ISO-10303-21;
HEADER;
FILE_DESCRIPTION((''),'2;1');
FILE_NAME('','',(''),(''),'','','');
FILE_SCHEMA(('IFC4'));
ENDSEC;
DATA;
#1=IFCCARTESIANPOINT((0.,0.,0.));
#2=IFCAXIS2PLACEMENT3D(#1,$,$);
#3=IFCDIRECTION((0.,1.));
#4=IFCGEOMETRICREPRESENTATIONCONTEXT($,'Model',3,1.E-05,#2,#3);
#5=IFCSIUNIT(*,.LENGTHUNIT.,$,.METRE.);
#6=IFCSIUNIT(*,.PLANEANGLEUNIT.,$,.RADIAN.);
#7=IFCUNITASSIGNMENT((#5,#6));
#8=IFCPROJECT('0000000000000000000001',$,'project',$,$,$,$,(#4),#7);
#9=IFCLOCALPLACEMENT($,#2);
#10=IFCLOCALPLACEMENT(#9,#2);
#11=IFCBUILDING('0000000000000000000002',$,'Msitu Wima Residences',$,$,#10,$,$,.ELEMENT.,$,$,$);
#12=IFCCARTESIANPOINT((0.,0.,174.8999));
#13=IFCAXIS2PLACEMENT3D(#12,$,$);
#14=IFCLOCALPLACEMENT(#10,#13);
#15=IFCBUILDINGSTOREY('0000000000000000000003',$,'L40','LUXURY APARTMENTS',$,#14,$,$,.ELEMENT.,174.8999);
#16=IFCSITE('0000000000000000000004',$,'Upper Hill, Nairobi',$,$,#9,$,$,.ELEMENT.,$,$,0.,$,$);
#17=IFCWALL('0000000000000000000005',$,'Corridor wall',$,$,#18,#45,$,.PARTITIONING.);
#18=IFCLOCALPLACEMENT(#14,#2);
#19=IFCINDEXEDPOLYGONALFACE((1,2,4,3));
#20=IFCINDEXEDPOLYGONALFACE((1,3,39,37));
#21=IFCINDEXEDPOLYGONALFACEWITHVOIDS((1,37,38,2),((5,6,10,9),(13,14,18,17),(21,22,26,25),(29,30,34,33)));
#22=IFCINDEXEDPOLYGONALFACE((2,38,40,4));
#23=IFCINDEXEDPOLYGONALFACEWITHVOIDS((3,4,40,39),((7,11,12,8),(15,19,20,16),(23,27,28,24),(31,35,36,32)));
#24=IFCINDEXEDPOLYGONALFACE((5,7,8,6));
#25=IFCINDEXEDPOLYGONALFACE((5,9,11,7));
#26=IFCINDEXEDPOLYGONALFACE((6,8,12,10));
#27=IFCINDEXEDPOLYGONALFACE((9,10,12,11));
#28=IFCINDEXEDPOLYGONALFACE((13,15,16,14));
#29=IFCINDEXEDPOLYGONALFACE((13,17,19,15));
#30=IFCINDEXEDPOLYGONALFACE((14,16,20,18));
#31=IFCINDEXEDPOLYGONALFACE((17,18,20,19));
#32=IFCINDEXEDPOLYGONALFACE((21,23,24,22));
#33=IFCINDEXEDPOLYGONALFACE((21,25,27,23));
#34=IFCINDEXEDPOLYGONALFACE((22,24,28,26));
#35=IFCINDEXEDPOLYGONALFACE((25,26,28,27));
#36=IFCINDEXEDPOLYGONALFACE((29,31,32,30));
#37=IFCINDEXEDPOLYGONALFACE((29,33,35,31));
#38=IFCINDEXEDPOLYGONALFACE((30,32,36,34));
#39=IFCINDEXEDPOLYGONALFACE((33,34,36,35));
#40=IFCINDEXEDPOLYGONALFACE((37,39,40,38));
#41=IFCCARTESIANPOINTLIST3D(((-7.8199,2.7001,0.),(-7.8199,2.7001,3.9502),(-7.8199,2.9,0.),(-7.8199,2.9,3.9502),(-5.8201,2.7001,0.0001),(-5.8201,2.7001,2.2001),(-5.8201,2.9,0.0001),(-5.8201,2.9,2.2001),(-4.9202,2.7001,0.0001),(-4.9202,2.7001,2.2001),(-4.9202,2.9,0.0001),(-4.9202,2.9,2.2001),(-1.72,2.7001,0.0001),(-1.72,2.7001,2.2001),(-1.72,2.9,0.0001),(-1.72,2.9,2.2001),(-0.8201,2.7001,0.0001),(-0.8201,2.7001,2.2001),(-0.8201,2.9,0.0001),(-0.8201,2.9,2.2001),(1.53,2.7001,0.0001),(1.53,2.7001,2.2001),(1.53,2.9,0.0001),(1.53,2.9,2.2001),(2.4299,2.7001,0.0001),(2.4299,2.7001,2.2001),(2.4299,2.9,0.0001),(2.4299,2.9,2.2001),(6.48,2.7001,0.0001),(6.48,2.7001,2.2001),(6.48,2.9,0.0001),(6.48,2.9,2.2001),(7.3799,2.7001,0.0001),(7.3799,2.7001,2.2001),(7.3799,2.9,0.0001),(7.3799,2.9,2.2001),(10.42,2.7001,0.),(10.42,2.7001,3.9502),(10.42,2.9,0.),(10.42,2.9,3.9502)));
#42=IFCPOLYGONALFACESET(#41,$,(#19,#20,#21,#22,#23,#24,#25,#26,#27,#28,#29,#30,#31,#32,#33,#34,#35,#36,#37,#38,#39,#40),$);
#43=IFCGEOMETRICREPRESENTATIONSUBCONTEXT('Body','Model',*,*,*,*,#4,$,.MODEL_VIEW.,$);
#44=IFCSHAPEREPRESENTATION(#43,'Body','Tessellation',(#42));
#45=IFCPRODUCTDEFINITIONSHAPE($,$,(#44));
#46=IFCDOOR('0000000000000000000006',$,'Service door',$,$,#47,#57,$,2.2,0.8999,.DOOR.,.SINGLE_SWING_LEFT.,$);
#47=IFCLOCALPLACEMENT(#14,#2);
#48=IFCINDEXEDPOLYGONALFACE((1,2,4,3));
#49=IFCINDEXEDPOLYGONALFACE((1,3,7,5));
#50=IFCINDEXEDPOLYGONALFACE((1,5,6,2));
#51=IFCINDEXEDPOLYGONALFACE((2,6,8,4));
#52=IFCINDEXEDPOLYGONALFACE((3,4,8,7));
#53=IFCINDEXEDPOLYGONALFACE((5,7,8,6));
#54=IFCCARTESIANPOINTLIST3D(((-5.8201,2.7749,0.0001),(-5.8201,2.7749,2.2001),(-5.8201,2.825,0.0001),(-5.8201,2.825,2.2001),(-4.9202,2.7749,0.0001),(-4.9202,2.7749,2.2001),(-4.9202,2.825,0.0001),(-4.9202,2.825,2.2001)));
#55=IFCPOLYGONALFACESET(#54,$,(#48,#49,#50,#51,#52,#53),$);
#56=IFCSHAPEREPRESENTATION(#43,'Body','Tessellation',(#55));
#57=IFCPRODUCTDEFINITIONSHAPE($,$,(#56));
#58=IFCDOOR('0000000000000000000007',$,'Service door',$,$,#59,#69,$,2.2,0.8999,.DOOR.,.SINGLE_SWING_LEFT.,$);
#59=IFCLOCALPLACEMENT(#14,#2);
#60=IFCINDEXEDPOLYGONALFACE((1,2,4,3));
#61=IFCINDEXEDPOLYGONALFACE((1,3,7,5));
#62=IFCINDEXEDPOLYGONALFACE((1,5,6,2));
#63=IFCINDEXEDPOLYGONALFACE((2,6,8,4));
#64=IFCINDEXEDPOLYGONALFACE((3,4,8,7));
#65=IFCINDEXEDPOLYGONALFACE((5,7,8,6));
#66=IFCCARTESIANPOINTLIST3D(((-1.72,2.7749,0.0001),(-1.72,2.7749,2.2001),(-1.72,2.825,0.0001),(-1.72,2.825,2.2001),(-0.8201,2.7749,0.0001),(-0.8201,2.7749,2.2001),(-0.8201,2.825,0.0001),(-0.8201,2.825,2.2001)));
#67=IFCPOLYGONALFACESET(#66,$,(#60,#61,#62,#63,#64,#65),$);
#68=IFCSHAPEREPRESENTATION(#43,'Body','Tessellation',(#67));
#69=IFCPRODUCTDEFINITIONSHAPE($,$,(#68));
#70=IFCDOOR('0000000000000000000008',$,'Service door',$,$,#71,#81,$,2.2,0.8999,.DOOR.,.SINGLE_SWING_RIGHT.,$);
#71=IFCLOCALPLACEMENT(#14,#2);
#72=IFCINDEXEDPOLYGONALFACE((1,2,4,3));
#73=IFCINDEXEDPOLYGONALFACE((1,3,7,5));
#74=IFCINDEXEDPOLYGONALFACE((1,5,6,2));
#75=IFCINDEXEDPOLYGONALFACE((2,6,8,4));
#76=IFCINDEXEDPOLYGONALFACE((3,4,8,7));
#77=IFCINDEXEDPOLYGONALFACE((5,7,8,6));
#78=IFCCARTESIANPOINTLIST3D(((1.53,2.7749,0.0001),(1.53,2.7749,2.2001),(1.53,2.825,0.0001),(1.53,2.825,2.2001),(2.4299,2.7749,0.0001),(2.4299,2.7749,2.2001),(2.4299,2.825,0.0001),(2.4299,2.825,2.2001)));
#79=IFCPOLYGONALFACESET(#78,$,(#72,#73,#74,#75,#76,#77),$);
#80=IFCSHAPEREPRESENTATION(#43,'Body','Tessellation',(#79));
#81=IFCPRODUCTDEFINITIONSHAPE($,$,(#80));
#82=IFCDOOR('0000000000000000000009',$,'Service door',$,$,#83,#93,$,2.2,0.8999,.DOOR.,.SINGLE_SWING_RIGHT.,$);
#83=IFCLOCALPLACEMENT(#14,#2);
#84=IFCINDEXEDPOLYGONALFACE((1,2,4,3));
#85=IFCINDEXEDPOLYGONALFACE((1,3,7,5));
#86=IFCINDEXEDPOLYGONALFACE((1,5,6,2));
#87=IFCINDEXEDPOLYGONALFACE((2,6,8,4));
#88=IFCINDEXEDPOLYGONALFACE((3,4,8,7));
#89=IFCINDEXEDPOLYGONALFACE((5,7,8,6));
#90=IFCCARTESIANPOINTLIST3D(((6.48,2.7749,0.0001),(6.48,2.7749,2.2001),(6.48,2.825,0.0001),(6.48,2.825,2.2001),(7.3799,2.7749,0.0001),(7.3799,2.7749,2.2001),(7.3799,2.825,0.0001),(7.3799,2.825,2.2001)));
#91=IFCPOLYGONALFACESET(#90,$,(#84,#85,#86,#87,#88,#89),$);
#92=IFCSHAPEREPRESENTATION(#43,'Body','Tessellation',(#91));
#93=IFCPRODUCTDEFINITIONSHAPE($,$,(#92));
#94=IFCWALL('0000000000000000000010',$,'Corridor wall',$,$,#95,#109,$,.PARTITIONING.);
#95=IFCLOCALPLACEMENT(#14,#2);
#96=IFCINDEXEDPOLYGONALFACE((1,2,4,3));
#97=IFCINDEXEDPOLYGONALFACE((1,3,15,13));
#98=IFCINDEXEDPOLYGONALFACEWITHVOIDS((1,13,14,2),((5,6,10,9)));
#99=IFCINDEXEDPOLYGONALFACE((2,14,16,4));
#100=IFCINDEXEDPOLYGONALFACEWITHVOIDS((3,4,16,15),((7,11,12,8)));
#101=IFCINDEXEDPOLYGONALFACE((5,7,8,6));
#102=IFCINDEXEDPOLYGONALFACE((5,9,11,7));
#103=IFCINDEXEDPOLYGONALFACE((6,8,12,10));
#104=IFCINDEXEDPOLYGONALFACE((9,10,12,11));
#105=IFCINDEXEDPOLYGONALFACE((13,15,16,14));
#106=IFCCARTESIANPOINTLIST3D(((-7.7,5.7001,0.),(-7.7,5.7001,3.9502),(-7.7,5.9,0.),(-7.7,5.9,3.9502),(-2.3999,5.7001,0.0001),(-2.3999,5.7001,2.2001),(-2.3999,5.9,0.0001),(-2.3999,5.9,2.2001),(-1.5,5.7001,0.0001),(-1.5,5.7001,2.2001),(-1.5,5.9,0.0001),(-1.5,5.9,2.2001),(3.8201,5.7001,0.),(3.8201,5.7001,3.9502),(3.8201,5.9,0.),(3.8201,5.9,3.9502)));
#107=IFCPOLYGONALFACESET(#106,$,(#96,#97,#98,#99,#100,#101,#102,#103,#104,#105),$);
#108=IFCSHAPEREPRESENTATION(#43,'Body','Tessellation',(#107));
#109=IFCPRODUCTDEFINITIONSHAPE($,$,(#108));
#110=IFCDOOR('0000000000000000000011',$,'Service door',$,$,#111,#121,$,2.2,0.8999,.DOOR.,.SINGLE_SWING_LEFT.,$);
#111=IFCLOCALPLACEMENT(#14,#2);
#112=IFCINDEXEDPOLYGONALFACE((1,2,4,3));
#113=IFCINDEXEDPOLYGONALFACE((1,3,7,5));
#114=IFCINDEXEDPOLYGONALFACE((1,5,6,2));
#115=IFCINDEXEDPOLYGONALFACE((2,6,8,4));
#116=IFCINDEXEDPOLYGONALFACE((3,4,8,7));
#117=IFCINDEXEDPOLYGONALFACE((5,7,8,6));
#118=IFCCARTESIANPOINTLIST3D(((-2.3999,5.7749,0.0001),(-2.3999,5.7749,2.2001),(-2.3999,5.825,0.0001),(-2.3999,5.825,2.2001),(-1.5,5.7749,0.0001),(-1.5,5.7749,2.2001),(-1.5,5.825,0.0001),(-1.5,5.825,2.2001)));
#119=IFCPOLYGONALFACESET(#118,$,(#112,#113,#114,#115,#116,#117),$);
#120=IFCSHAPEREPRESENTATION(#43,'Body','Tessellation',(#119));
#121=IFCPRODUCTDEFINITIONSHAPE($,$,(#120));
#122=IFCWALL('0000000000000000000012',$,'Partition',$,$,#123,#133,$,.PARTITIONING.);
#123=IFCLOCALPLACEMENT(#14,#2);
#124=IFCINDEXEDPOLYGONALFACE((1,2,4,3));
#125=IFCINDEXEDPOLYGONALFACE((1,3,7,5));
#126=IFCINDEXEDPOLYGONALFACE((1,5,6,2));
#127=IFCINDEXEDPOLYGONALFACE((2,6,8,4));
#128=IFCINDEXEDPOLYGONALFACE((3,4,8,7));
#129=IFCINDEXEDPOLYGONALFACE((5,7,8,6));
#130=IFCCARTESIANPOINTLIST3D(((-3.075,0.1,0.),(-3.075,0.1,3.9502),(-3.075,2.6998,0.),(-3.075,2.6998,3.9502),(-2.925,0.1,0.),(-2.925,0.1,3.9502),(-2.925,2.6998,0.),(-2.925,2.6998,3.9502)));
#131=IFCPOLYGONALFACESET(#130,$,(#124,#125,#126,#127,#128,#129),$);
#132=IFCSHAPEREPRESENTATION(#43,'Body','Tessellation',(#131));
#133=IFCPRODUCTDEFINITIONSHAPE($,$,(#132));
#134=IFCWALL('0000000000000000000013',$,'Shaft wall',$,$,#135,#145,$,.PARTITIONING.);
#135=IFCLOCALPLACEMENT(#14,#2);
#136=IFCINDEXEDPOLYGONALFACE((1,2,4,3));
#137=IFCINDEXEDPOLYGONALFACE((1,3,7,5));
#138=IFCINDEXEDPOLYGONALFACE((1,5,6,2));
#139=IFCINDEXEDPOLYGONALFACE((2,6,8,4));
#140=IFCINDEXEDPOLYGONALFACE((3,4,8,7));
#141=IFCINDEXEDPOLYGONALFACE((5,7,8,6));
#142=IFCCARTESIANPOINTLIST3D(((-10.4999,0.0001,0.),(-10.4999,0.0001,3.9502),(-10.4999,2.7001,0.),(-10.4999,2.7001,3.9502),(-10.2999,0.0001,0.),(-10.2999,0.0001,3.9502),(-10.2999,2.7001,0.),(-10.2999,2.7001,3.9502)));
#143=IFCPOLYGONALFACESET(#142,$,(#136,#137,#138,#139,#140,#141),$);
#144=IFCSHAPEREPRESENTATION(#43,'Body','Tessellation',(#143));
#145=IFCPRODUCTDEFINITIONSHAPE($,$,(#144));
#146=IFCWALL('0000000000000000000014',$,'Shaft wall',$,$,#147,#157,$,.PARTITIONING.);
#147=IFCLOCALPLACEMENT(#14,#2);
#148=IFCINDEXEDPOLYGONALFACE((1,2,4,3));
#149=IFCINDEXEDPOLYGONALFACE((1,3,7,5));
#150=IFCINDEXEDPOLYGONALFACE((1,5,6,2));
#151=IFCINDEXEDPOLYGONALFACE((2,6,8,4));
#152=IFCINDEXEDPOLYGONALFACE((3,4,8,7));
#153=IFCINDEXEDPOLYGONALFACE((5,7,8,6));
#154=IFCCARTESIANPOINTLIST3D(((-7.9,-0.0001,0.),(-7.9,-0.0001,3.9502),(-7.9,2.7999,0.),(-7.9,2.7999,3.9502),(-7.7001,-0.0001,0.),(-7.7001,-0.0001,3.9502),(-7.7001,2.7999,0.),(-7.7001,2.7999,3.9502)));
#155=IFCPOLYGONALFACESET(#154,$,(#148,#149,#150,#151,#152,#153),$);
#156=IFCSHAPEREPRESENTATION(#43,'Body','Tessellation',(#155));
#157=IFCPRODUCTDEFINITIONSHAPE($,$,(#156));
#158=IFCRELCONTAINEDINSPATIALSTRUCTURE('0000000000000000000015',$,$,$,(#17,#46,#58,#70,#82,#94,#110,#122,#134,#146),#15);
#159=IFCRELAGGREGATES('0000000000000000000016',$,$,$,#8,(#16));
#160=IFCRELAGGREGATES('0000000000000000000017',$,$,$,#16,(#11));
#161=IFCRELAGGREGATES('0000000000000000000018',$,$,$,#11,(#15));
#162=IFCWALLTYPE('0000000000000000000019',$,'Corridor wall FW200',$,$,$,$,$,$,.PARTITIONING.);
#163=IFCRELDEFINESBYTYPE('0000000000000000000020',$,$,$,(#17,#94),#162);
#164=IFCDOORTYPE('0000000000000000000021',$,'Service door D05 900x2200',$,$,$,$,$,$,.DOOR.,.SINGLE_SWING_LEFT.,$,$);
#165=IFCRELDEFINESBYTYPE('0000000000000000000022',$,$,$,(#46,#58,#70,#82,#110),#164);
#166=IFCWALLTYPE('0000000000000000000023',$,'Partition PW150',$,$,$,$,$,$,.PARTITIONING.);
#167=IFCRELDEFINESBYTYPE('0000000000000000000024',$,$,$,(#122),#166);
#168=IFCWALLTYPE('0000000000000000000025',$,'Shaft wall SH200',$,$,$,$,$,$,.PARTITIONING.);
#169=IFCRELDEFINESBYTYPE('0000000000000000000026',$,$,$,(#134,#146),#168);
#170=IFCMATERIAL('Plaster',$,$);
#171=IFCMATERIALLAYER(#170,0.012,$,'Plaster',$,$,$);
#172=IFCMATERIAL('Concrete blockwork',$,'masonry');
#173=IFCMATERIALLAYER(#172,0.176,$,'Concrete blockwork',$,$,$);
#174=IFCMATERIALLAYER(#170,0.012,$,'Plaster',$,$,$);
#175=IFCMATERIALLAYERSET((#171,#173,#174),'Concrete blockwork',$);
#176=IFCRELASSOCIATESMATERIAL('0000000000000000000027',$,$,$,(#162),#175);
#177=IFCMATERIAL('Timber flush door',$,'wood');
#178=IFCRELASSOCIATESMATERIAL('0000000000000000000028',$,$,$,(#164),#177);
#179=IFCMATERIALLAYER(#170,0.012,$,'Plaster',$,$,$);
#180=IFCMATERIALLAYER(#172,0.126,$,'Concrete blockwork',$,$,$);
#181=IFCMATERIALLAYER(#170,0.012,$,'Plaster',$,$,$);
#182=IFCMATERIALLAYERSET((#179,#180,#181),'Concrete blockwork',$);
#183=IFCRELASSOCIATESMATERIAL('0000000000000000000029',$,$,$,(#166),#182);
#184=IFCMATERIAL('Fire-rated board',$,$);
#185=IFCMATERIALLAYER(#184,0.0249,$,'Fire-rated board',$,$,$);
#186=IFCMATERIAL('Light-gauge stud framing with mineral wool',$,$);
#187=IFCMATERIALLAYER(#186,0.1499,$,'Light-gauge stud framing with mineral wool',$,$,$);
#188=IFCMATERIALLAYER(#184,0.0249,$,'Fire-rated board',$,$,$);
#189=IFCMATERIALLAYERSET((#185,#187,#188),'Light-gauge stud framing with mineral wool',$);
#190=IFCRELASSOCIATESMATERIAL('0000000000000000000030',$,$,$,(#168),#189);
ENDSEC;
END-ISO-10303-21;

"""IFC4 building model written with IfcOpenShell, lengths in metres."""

from ifc_helpers import new_model, si_unit, direction, frame, frame_2d, origin, place, context, subcontext, project, spatial, rectangle, extrude, material, layer, layer_set, type_object, element, fill, save


model = new_model("IFC4")

# Units and contexts
model_context = context("Model", 3, precision=1e-05, world=origin(), true_north=direction((0.0, 1.0)))
body_context = subcontext(model_context, "Body", "Model", "MODEL_VIEW")
ifc_project = project(units=[si_unit("LENGTHUNIT", "METRE"), si_unit("PLANEANGLEUNIT", "RADIAN")], contexts=[model_context])

# Site, building, storey
site_placement = place(None, origin())
site = spatial("IfcSite", under=ifc_project, at=site_placement, Name="Upper Hill, Nairobi", CompositionType="ELEMENT", RefElevation=0.0)
building_placement = place(site_placement, origin())
building = spatial("IfcBuilding", under=site, at=building_placement, Name="Msitu Wima Residences", CompositionType="ELEMENT")
storey_placement = place(building_placement, frame((0.0, 0.0, 174.8999)))
storey = spatial("IfcBuildingStorey", under=building, at=storey_placement, Name="L40", Description="LUXURY APARTMENTS", CompositionType="ELEMENT", Elevation=174.8999)

# Wall, openings, doors
ifc_material_1 = material(Name="Plaster")
ifc_layer_1 = layer(ifc_material_1, 0.012, Name="Plaster")
ifc_material_2 = material(Name="Concrete blockwork", Category="masonry")
ifc_layer_2 = layer(ifc_material_2, 0.176, Name="Concrete blockwork")
ifc_layer_3 = layer(ifc_material_1, 0.012, Name="Plaster")
ifc_layer_set_1 = layer_set([ifc_layer_1, ifc_layer_2, ifc_layer_3], Name="Concrete blockwork")
wall_type_1 = type_object("IfcWallType", Name="Corridor wall FW200", PredefinedType="PARTITIONING", material=ifc_layer_set_1)
wall_1_placement = place(storey_placement, frame((-7.8201, 2.8, 0.0), z_axis=(0.0, 0.0, 1.0), x_axis=(1.0, 0.0, 0.0)))
wall_1 = element("IfcWall", 1, at=wall_1_placement, inside=storey, type_object=wall_type_1, Name="Corridor wall", PredefinedType="PARTITIONING", context=body_context, shape_type="SweptSolid", body=[
    extrude(rectangle(XDim=18.24, YDim=0.2, at=frame_2d((9.1201, 0.0))), origin(), (0.0, 0.0, 1.0), 3.9502),
])
opening_1_placement = place(wall_1_placement, frame((2.0, 0.0, 0.0)))
opening_1 = element("IfcOpeningElement", 2, at=opening_1_placement, cuts=wall_1, PredefinedType="OPENING", context=body_context, shape_type="SweptSolid", body=[
    extrude(rectangle(XDim=0.8999, YDim=2.2, at=frame_2d((0.45, 1.1001))), frame((0.0, 0.1099, 0.0), z_axis=(0.0, -1.0, 0.0), x_axis=(1.0, 0.0, 0.0)), (0.0, 0.0, 1.0), 0.22),
])
opening_2_placement = place(wall_1_placement, frame((6.1001, 0.0, 0.0)))
opening_2 = element("IfcOpeningElement", 3, at=opening_2_placement, cuts=wall_1, PredefinedType="OPENING", context=body_context, shape_type="SweptSolid", body=[
    extrude(rectangle(XDim=0.8999, YDim=2.2, at=frame_2d((0.45, 1.1001))), frame((0.0, 0.1099, 0.0), z_axis=(0.0, -1.0, 0.0), x_axis=(1.0, 0.0, 0.0)), (0.0, 0.0, 1.0), 0.22),
])
opening_3_placement = place(wall_1_placement, frame((9.3501, 0.0, 0.0)))
opening_3 = element("IfcOpeningElement", 4, at=opening_3_placement, cuts=wall_1, PredefinedType="OPENING", context=body_context, shape_type="SweptSolid", body=[
    extrude(rectangle(XDim=0.8999, YDim=2.2, at=frame_2d((0.45, 1.1001))), frame((0.0, 0.1099, 0.0), z_axis=(0.0, -1.0, 0.0), x_axis=(1.0, 0.0, 0.0)), (0.0, 0.0, 1.0), 0.22),
])
opening_4_placement = place(wall_1_placement, frame((14.3, 0.0, 0.0)))
opening_4 = element("IfcOpeningElement", 5, at=opening_4_placement, cuts=wall_1, PredefinedType="OPENING", context=body_context, shape_type="SweptSolid", body=[
    extrude(rectangle(XDim=0.8999, YDim=2.2, at=frame_2d((0.45, 1.1001))), frame((0.0, 0.1099, 0.0), z_axis=(0.0, -1.0, 0.0), x_axis=(1.0, 0.0, 0.0)), (0.0, 0.0, 1.0), 0.22),
])
ifc_material_3 = material(Name="Timber flush door", Category="wood")
door_type_1 = type_object("IfcDoorType", Name="Service door D05 900x2200", OperationType="SINGLE_SWING_LEFT", PredefinedType="DOOR", material=ifc_material_3)
door_1_placement = place(opening_1_placement, origin())
door_1 = element("IfcDoor", 6, at=door_1_placement, inside=storey, type_object=door_type_1, Name="Service door", OperationType="SINGLE_SWING_LEFT", OverallHeight=2.2, OverallWidth=0.8999, PredefinedType="DOOR", context=body_context, shape_type="SweptSolid", body=[
    extrude(rectangle(XDim=0.8999, YDim=2.2, at=frame_2d((0.45, 1.1001))), frame((0.0, 0.0249, 0.0), z_axis=(0.0, -1.0, 0.0), x_axis=(1.0, 0.0, 0.0)), (0.0, 0.0, 1.0), 0.05),
])
fill(opening_1, door_1)
door_2_placement = place(opening_2_placement, origin())
door_2 = element("IfcDoor", 7, at=door_2_placement, inside=storey, type_object=door_type_1, Name="Service door", OperationType="SINGLE_SWING_LEFT", OverallHeight=2.2, OverallWidth=0.8999, PredefinedType="DOOR", context=body_context, shape_type="SweptSolid", body=[
    extrude(rectangle(XDim=0.8999, YDim=2.2, at=frame_2d((0.45, 1.1001))), frame((0.0, 0.0249, 0.0), z_axis=(0.0, -1.0, 0.0), x_axis=(1.0, 0.0, 0.0)), (0.0, 0.0, 1.0), 0.05),
])
fill(opening_2, door_2)
door_3_placement = place(opening_3_placement, origin())
door_3 = element("IfcDoor", 8, at=door_3_placement, inside=storey, type_object=door_type_1, Name="Service door", OperationType="SINGLE_SWING_RIGHT", OverallHeight=2.2, OverallWidth=0.8999, PredefinedType="DOOR", context=body_context, shape_type="SweptSolid", body=[
    extrude(rectangle(XDim=0.8999, YDim=2.2, at=frame_2d((0.45, 1.1001))), frame((0.0, 0.0249, 0.0), z_axis=(0.0, -1.0, 0.0), x_axis=(1.0, 0.0, 0.0)), (0.0, 0.0, 1.0), 0.05),
])
fill(opening_3, door_3)
door_4_placement = place(opening_4_placement, origin())
door_4 = element("IfcDoor", 9, at=door_4_placement, inside=storey, type_object=door_type_1, Name="Service door", OperationType="SINGLE_SWING_RIGHT", OverallHeight=2.2, OverallWidth=0.8999, PredefinedType="DOOR", context=body_context, shape_type="SweptSolid", body=[
    extrude(rectangle(XDim=0.8999, YDim=2.2, at=frame_2d((0.45, 1.1001))), frame((0.0, 0.0249, 0.0), z_axis=(0.0, -1.0, 0.0), x_axis=(1.0, 0.0, 0.0)), (0.0, 0.0, 1.0), 0.05),
])
fill(opening_4, door_4)

# Wall, opening, door
wall_2_placement = place(storey_placement, frame((-7.7, 5.8, 0.0), z_axis=(0.0, 0.0, 1.0), x_axis=(1.0, 0.0, 0.0)))
wall_2 = element("IfcWall", 10, at=wall_2_placement, inside=storey, type_object=wall_type_1, Name="Corridor wall", PredefinedType="PARTITIONING", context=body_context, shape_type="SweptSolid", body=[
    extrude(rectangle(XDim=11.52, YDim=0.2, at=frame_2d((5.76, 0.0))), origin(), (0.0, 0.0, 1.0), 3.9502),
])
opening_5_placement = place(wall_2_placement, frame((5.3, 0.0, 0.0)))
opening_5 = element("IfcOpeningElement", 11, at=opening_5_placement, cuts=wall_2, PredefinedType="OPENING", context=body_context, shape_type="SweptSolid", body=[
    extrude(rectangle(XDim=0.8999, YDim=2.2, at=frame_2d((0.45, 1.1001))), frame((0.0, 0.1099, 0.0), z_axis=(0.0, -1.0, 0.0), x_axis=(1.0, 0.0, 0.0)), (0.0, 0.0, 1.0), 0.22),
])
door_5_placement = place(opening_5_placement, origin())
door_5 = element("IfcDoor", 12, at=door_5_placement, inside=storey, type_object=door_type_1, Name="Service door", OperationType="SINGLE_SWING_LEFT", OverallHeight=2.2, OverallWidth=0.8999, PredefinedType="DOOR", context=body_context, shape_type="SweptSolid", body=[
    extrude(rectangle(XDim=0.8999, YDim=2.2, at=frame_2d((0.45, 1.1001))), frame((0.0, 0.0249, 0.0), z_axis=(0.0, -1.0, 0.0), x_axis=(1.0, 0.0, 0.0)), (0.0, 0.0, 1.0), 0.05),
])
fill(opening_5, door_5)

# Walls
ifc_layer_4 = layer(ifc_material_1, 0.012, Name="Plaster")
ifc_layer_5 = layer(ifc_material_2, 0.126, Name="Concrete blockwork")
ifc_layer_6 = layer(ifc_material_1, 0.012, Name="Plaster")
ifc_layer_set_2 = layer_set([ifc_layer_4, ifc_layer_5, ifc_layer_6], Name="Concrete blockwork")
wall_type_2 = type_object("IfcWallType", Name="Partition PW150", PredefinedType="PARTITIONING", material=ifc_layer_set_2)
wall_3_placement = place(storey_placement, frame((-3.0, 0.1001, 0.0), z_axis=(0.0, 0.0, 1.0), x_axis=(0.0, 1.0, 0.0)))
element("IfcWall", 13, at=wall_3_placement, inside=storey, type_object=wall_type_2, Name="Partition", PredefinedType="PARTITIONING", context=body_context, shape_type="SweptSolid", body=[
    extrude(rectangle(XDim=2.5999, YDim=0.1499, at=frame_2d((1.2998, 0.0))), origin(), (0.0, 0.0, 1.0), 3.9502),
])
ifc_material_4 = material(Name="Fire-rated board")
ifc_layer_7 = layer(ifc_material_4, 0.0249, Name="Fire-rated board")
ifc_material_5 = material(Name="Light-gauge stud framing with mineral wool")
ifc_layer_8 = layer(ifc_material_5, 0.1499, Name="Light-gauge stud framing with mineral wool")
ifc_layer_9 = layer(ifc_material_4, 0.0249, Name="Fire-rated board")
ifc_layer_set_3 = layer_set([ifc_layer_7, ifc_layer_8, ifc_layer_9], Name="Light-gauge stud framing with mineral wool")
wall_type_3 = type_object("IfcWallType", Name="Shaft wall SH200", PredefinedType="PARTITIONING", material=ifc_layer_set_3)
wall_4_placement = place(storey_placement, frame((-10.3999, 0.0, 0.0), z_axis=(0.0, 0.0, 1.0), x_axis=(0.0, 1.0, 0.0)))
element("IfcWall", 14, at=wall_4_placement, inside=storey, type_object=wall_type_3, Name="Shaft wall", PredefinedType="PARTITIONING", context=body_context, shape_type="SweptSolid", body=[
    extrude(rectangle(XDim=2.7, YDim=0.2, at=frame_2d((1.3501, 0.0))), origin(), (0.0, 0.0, 1.0), 3.9502),
])
wall_5_placement = place(storey_placement, frame((-7.8, 0.0, 0.0), z_axis=(0.0, 0.0, 1.0), x_axis=(0.0, 1.0, 0.0)))
element("IfcWall", 15, at=wall_5_placement, inside=storey, type_object=wall_type_3, Name="Shaft wall", PredefinedType="PARTITIONING", context=body_context, shape_type="SweptSolid", body=[
    extrude(rectangle(XDim=2.8, YDim=0.2, at=frame_2d((1.3999, 0.0))), origin(), (0.0, 0.0, 1.0), 3.9502),
])

save(model, "model.ifc")
